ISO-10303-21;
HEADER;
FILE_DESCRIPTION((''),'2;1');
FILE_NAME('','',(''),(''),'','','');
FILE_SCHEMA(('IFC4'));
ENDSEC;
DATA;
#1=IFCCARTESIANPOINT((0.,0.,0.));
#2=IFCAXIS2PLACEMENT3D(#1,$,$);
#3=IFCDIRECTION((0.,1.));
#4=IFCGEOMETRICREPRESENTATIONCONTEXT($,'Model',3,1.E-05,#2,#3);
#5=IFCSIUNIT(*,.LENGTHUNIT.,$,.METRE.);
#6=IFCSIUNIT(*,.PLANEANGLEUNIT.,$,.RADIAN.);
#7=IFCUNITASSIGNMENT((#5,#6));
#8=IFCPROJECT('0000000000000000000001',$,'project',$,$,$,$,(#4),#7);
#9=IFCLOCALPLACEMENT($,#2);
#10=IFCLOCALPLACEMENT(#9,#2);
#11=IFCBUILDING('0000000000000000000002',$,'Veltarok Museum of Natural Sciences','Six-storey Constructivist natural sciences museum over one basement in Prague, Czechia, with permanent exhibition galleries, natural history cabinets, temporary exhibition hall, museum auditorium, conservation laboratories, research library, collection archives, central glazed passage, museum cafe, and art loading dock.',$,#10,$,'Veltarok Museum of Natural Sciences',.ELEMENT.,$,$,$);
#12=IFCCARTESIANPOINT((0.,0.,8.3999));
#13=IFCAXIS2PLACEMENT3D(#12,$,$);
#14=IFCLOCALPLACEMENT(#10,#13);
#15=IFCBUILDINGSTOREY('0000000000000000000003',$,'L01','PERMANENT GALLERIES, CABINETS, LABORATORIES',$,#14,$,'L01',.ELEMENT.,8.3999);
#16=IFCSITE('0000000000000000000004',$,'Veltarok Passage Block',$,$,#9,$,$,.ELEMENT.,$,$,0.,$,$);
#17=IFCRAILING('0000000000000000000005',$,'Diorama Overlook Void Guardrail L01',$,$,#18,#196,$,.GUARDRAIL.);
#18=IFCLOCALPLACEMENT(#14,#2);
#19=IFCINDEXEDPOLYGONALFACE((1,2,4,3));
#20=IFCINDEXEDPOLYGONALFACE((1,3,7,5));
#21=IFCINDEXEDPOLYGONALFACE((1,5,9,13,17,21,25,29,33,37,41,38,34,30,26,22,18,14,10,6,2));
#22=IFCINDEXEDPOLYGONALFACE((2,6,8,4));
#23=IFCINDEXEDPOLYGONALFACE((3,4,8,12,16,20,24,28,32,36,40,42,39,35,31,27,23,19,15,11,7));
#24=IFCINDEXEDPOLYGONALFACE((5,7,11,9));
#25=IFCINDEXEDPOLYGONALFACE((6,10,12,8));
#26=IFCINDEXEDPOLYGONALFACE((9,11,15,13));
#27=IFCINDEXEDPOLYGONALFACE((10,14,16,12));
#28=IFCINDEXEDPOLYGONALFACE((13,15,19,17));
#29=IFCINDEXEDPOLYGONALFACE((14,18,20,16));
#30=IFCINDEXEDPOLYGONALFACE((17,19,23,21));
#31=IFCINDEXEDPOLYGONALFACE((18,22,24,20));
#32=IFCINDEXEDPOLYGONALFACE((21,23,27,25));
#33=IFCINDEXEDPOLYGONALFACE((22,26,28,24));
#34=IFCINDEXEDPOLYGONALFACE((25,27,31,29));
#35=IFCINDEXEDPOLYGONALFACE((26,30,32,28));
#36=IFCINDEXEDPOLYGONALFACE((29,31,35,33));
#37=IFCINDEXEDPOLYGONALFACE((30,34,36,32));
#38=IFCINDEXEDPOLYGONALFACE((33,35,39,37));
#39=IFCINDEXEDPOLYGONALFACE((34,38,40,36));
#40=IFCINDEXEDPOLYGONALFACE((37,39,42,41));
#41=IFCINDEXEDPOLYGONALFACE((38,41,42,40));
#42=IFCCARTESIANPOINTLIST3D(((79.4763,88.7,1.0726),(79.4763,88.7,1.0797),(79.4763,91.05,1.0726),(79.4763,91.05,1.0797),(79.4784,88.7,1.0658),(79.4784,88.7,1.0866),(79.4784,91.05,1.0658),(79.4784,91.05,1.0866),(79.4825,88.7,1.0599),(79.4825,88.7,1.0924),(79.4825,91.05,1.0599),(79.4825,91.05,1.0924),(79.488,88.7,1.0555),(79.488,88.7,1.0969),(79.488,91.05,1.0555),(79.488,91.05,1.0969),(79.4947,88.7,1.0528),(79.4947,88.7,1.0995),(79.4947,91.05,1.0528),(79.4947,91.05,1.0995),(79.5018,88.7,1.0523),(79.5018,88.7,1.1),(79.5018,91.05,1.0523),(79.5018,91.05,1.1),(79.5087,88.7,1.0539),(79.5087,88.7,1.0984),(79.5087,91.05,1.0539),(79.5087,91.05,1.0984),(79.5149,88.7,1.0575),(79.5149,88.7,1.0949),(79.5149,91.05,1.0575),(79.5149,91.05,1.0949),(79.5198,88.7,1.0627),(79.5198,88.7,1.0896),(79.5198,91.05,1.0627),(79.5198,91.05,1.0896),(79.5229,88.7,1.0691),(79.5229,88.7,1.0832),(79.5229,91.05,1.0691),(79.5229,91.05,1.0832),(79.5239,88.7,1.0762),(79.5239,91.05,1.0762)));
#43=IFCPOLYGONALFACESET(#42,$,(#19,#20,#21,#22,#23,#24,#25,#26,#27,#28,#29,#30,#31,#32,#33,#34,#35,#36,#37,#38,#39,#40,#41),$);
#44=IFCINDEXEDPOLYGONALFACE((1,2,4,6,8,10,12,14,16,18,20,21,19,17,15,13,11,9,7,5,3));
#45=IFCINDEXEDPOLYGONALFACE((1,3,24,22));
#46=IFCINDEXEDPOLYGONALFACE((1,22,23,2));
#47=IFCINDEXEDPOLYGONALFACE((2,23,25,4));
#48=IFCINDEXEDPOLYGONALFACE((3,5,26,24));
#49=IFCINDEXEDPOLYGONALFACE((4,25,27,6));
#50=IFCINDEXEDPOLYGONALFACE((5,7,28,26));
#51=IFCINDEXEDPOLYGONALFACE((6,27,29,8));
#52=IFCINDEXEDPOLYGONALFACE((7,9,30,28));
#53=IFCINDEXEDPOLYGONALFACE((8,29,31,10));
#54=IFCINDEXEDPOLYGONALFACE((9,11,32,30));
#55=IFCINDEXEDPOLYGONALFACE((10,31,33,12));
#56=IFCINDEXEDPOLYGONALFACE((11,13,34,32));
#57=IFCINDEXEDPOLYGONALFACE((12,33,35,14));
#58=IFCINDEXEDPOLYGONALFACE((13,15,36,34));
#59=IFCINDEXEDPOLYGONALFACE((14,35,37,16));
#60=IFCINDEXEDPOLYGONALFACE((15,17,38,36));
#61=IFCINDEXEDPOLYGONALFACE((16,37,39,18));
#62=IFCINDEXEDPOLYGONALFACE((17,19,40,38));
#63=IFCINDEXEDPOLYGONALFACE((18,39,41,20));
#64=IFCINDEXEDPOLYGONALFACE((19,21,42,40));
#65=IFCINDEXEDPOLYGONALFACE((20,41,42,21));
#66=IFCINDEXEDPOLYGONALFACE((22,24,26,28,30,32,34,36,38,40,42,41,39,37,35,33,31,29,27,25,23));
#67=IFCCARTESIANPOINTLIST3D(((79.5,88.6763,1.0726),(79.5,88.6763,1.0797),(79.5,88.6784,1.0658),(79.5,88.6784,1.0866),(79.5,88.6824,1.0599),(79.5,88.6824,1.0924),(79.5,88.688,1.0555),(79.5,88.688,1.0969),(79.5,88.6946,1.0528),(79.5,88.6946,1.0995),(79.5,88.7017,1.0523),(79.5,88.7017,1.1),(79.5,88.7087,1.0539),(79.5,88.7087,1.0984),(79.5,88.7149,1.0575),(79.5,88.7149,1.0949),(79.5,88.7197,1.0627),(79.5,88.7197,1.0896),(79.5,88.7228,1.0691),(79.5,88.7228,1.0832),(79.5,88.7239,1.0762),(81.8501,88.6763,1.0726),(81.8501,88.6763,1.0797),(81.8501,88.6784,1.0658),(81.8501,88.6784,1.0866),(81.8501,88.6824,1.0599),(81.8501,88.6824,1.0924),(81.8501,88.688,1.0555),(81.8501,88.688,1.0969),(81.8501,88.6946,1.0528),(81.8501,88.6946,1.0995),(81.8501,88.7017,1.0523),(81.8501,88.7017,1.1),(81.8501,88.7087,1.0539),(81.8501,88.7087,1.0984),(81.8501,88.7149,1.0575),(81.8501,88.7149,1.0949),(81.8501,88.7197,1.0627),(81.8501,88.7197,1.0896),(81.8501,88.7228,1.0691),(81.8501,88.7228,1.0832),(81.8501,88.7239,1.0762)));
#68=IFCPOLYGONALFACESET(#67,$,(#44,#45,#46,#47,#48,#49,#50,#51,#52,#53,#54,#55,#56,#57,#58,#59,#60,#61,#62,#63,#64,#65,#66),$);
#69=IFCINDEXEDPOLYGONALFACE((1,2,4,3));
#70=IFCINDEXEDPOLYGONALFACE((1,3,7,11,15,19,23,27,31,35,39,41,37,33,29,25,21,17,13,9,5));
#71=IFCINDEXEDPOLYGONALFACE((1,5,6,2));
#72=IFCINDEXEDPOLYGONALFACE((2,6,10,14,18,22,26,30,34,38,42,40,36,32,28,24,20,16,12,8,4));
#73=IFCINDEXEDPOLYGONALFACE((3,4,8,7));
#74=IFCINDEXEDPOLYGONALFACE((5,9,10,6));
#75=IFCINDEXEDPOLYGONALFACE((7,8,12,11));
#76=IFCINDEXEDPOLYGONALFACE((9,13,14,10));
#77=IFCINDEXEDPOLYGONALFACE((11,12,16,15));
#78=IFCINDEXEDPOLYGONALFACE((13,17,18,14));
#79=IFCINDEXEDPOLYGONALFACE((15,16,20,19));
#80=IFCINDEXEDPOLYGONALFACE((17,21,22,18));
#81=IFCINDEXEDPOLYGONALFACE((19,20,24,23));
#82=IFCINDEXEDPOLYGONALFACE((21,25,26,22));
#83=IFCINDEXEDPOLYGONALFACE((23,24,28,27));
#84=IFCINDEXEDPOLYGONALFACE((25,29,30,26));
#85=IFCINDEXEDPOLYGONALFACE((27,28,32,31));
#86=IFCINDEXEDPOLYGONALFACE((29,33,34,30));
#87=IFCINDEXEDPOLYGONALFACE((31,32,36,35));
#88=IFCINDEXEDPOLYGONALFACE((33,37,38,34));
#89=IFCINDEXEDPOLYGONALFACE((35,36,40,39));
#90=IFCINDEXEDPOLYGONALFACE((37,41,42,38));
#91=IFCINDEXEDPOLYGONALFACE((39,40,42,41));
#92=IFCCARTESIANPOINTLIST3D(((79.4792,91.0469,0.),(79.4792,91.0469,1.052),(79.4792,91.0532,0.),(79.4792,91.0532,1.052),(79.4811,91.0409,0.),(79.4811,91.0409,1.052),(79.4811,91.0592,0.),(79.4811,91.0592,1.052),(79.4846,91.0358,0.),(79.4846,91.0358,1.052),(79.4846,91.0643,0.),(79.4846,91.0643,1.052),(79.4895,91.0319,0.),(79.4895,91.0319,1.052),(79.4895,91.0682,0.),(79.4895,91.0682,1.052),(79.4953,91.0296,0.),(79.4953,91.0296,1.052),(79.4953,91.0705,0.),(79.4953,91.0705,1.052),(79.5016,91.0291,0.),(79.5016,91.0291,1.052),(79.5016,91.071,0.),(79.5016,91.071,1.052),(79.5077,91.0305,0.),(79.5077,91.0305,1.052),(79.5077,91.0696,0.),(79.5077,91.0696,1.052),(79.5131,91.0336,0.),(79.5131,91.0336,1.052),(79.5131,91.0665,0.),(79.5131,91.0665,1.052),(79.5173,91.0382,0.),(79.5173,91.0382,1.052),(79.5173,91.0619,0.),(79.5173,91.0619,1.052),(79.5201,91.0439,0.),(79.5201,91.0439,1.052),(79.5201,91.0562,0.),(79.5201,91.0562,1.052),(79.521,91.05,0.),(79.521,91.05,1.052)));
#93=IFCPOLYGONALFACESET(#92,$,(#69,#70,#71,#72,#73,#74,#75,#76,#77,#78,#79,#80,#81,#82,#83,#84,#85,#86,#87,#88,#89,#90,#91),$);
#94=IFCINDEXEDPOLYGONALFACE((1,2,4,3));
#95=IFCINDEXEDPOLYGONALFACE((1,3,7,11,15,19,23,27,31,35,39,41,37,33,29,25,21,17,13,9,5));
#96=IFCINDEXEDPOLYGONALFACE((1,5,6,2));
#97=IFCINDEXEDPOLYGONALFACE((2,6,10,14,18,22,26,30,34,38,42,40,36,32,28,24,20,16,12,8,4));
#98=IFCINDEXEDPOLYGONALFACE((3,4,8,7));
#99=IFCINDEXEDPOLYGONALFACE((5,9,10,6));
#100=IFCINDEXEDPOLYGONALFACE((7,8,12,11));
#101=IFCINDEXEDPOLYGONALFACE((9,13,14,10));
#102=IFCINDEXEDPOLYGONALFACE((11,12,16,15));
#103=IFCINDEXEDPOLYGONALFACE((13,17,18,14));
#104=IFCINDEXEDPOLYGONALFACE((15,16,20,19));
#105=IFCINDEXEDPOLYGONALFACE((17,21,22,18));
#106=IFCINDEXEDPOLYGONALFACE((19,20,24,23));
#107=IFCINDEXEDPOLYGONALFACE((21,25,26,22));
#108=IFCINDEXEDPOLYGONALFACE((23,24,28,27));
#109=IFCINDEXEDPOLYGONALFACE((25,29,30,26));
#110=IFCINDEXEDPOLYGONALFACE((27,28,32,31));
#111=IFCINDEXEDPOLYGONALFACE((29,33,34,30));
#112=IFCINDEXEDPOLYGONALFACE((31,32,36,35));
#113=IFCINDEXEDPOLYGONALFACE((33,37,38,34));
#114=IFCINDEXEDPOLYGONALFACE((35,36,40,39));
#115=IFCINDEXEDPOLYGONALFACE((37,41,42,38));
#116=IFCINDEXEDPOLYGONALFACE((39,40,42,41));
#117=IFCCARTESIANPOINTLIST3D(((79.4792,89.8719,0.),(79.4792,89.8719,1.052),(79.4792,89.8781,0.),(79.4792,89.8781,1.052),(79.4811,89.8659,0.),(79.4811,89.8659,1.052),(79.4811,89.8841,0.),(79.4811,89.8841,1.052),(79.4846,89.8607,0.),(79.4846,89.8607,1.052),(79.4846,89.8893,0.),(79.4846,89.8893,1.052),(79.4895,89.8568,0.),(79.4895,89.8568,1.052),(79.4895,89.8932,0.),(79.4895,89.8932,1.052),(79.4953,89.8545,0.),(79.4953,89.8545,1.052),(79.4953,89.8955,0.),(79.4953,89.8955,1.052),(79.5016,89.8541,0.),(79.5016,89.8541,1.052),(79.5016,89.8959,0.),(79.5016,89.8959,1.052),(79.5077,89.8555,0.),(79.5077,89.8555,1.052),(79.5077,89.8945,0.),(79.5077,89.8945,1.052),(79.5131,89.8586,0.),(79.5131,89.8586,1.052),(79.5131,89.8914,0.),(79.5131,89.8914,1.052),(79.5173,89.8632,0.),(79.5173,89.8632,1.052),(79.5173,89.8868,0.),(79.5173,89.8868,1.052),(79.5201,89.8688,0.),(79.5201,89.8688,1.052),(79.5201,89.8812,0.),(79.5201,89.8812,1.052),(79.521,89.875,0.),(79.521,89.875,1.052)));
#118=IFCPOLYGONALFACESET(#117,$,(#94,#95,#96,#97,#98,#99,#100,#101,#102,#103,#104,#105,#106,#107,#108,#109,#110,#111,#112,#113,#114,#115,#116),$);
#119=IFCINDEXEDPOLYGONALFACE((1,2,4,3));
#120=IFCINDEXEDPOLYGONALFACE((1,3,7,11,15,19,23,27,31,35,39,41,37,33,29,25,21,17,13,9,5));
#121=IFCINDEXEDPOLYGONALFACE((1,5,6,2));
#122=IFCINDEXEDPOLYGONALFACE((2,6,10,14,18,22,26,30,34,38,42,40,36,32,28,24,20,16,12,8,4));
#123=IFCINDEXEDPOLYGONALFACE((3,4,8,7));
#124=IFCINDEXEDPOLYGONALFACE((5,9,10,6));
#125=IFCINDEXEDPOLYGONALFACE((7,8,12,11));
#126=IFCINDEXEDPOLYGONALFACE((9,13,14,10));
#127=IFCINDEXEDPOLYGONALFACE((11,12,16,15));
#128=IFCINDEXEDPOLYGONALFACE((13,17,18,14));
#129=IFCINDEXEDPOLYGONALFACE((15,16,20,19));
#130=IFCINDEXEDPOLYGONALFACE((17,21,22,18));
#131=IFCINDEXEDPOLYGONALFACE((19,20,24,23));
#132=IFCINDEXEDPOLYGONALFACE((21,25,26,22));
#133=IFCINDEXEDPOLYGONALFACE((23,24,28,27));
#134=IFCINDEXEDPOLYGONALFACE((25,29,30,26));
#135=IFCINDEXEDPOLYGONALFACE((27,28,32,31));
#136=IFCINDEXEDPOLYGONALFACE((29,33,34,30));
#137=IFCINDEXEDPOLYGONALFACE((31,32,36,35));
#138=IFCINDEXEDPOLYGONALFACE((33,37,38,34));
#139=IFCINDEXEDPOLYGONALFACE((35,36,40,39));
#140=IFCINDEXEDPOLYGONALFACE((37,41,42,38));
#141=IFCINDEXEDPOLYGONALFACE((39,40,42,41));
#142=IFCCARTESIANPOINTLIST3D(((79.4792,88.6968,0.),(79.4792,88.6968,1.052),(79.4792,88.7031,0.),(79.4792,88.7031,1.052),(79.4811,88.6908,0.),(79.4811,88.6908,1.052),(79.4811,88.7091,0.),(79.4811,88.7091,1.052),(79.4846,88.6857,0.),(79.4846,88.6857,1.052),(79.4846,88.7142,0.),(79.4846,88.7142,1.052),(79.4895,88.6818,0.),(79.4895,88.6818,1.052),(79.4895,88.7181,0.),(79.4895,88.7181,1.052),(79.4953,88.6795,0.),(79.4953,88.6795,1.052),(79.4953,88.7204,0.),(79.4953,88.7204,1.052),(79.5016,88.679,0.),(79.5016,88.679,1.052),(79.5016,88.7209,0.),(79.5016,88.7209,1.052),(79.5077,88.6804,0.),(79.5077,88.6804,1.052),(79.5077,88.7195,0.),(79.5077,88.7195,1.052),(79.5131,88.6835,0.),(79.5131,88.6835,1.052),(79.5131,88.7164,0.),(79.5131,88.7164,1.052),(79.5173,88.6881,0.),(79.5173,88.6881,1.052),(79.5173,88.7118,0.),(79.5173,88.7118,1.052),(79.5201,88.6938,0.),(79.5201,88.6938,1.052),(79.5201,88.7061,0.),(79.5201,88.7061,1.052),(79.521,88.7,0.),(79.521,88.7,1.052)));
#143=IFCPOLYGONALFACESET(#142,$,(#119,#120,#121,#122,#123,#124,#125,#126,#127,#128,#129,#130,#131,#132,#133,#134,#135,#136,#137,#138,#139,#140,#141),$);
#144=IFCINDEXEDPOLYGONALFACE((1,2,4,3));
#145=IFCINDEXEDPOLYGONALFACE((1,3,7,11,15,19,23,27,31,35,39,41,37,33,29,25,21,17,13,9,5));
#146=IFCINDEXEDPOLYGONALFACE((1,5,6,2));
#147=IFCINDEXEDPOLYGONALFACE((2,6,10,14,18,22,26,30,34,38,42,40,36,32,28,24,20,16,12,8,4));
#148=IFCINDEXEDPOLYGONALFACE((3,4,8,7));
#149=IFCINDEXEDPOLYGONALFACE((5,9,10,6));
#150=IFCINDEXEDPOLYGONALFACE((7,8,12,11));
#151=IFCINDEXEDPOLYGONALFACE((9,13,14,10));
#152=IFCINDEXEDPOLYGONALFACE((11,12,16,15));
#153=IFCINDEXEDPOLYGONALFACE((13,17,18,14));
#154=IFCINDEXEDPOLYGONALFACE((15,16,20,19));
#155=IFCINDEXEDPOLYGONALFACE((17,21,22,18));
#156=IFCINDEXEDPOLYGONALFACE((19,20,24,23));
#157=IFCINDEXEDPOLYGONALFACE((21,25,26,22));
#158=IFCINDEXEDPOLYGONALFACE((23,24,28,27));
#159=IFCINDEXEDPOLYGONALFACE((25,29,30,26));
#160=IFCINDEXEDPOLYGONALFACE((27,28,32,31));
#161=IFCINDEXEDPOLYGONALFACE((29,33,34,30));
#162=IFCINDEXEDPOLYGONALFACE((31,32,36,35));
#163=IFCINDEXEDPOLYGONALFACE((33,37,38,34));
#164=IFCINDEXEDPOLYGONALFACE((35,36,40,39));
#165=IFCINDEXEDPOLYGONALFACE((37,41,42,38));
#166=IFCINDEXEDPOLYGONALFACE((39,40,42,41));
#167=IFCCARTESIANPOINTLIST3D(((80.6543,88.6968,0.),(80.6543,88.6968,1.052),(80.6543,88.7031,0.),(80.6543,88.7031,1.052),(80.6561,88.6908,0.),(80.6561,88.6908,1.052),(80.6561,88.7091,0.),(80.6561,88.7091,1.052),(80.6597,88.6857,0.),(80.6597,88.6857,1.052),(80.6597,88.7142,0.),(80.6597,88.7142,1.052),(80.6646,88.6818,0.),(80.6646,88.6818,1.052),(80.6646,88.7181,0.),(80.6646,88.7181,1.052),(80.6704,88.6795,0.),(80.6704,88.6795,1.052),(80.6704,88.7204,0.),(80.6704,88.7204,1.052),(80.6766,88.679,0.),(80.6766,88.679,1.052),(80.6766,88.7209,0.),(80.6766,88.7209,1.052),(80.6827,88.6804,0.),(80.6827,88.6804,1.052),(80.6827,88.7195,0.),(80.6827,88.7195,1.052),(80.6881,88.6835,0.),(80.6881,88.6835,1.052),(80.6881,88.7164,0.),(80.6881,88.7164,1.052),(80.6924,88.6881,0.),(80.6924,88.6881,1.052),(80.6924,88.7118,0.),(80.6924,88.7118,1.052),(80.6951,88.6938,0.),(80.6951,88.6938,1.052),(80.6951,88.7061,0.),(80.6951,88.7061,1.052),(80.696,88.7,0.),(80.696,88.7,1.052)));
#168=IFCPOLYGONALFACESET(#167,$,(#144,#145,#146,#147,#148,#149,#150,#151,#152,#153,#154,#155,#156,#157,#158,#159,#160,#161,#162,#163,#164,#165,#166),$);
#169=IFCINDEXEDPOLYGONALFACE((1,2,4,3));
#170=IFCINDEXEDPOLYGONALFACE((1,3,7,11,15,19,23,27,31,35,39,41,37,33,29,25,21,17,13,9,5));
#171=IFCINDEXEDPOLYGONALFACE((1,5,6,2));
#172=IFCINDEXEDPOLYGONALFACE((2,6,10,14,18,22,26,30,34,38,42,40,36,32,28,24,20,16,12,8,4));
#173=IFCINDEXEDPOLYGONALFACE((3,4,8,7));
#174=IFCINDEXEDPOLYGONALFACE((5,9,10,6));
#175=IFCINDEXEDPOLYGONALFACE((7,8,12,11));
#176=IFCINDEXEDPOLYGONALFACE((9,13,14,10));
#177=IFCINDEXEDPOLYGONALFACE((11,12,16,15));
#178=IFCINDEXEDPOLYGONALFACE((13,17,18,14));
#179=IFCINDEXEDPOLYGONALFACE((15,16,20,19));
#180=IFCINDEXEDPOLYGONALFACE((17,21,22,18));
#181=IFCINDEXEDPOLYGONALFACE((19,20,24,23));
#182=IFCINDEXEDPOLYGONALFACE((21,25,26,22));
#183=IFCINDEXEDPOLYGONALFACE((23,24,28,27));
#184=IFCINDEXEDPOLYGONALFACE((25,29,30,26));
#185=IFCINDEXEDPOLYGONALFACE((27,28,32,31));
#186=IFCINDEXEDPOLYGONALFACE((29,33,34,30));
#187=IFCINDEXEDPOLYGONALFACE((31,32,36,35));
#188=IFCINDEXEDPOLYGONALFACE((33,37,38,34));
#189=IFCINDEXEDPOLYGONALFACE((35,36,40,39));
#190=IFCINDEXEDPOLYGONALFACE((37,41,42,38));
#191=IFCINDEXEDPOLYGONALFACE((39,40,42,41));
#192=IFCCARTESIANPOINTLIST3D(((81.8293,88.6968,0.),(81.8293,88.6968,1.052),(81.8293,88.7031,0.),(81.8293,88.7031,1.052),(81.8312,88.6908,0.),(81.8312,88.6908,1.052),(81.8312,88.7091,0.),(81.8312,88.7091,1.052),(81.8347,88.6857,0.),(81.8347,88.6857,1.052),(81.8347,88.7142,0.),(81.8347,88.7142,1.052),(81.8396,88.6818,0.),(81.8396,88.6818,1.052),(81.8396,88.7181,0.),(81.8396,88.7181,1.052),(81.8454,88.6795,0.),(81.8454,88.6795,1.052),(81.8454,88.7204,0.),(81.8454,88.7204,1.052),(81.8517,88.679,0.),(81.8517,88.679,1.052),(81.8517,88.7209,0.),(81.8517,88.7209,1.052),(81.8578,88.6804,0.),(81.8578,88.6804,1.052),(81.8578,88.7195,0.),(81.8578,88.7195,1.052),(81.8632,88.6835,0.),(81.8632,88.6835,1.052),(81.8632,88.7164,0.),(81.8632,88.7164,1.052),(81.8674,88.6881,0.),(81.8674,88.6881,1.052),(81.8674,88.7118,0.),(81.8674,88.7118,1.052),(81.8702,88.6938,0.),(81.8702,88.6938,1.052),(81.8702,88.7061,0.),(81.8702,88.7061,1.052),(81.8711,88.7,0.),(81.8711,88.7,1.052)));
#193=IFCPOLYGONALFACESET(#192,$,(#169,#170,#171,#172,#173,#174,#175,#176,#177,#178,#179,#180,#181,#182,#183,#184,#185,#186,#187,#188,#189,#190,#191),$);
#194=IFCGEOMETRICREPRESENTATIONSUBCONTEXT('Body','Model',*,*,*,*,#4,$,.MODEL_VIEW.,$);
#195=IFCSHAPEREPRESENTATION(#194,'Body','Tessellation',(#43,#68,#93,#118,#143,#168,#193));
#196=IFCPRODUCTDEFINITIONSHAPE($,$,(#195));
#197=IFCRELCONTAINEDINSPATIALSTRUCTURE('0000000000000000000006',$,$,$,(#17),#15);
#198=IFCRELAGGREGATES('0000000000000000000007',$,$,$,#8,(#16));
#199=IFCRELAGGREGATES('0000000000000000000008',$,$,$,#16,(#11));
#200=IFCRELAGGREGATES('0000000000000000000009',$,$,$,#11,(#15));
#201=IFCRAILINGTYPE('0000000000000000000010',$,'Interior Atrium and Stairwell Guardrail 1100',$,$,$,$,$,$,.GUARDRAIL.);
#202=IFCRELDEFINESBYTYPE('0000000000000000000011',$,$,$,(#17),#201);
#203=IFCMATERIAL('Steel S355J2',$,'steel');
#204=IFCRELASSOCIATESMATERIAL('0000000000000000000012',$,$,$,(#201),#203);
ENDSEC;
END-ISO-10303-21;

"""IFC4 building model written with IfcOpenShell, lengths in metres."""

from ifc_helpers import new_model, si_unit, direction, frame, origin, origin_2d, place, context, subcontext, project, spatial, circle, extrude, material, type_object, element, save


model = new_model("IFC4")

# Units and contexts
model_context = context("Model", 3, precision=1e-05, world=origin(), true_north=direction((0.0, 1.0)))
body_context = subcontext(model_context, "Body", "Model", "MODEL_VIEW")
ifc_project = project(units=[si_unit("LENGTHUNIT", "METRE"), si_unit("PLANEANGLEUNIT", "RADIAN")], contexts=[model_context])

# Site, building, storey
site_placement = place(None, origin())
site = spatial("IfcSite", under=ifc_project, at=site_placement, Name="Veltarok Passage Block", CompositionType="ELEMENT", RefElevation=0.0)
building_placement = place(site_placement, origin())
building = spatial("IfcBuilding", under=site, at=building_placement, Name="Veltarok Museum of Natural Sciences", Description="Six-storey Constructivist natural sciences museum over one basement in Prague, Czechia, with permanent exhibition galleries, natural history cabinets, temporary exhibition hall, museum auditorium, conservation laboratories, research library, collection archives, central glazed passage, museum cafe, and art loading dock.", LongName="Veltarok Museum of Natural Sciences", CompositionType="ELEMENT")
storey_placement = place(building_placement, frame((0.0, 0.0, 8.3999)))
storey = spatial("IfcBuildingStorey", under=building, at=storey_placement, Name="L01", Description="PERMANENT GALLERIES, CABINETS, LABORATORIES", LongName="L01", CompositionType="ELEMENT", Elevation=8.3999)

# Shared definitions
ifc_material_1 = material(Name="Steel S355J2", Category="steel")

# Railing
railing_type = type_object("IfcRailingType", Name="Interior Atrium and Stairwell Guardrail 1100", PredefinedType="GUARDRAIL", material=ifc_material_1)
railing_placement = place(storey_placement, frame((79.5, 91.05, 0.0)))
element("IfcRailing", 1, at=railing_placement, inside=storey, type_object=railing_type, Name="Diorama Overlook Void Guardrail L01", PredefinedType="GUARDRAIL", context=body_context, shape_type="SweptSolid", body=[
    extrude(circle(Radius=0.0239, at=origin_2d()), frame((0.0, 0.0, 1.0762), z_axis=(0.0, -1.0, 0.0), x_axis=(1.0, 0.0, 0.0)), (0.0, 0.0, 1.0), 2.3501),
    extrude(circle(Radius=0.0239, at=origin_2d()), frame((0.0, -2.3501, 1.0762), z_axis=(1.0, 0.0, 0.0), x_axis=(0.0, 1.0, 0.0)), (0.0, 0.0, 1.0), 2.3501),
    extrude(circle(Radius=0.021, at=origin_2d()), origin(), (0.0, 0.0, 1.0), 1.052),
    extrude(circle(Radius=0.021, at=origin_2d()), frame((0.0, -1.175, 0.0)), (0.0, 0.0, 1.0), 1.052),
    extrude(circle(Radius=0.021, at=origin_2d()), frame((0.0, -2.3501, 0.0)), (0.0, 0.0, 1.0), 1.052),
    extrude(circle(Radius=0.021, at=origin_2d()), frame((1.175, -2.3501, 0.0)), (0.0, 0.0, 1.0), 1.052),
    extrude(circle(Radius=0.021, at=origin_2d()), frame((2.3501, -2.3501, 0.0)), (0.0, 0.0, 1.0), 1.052),
])

save(model, "model.ifc")
